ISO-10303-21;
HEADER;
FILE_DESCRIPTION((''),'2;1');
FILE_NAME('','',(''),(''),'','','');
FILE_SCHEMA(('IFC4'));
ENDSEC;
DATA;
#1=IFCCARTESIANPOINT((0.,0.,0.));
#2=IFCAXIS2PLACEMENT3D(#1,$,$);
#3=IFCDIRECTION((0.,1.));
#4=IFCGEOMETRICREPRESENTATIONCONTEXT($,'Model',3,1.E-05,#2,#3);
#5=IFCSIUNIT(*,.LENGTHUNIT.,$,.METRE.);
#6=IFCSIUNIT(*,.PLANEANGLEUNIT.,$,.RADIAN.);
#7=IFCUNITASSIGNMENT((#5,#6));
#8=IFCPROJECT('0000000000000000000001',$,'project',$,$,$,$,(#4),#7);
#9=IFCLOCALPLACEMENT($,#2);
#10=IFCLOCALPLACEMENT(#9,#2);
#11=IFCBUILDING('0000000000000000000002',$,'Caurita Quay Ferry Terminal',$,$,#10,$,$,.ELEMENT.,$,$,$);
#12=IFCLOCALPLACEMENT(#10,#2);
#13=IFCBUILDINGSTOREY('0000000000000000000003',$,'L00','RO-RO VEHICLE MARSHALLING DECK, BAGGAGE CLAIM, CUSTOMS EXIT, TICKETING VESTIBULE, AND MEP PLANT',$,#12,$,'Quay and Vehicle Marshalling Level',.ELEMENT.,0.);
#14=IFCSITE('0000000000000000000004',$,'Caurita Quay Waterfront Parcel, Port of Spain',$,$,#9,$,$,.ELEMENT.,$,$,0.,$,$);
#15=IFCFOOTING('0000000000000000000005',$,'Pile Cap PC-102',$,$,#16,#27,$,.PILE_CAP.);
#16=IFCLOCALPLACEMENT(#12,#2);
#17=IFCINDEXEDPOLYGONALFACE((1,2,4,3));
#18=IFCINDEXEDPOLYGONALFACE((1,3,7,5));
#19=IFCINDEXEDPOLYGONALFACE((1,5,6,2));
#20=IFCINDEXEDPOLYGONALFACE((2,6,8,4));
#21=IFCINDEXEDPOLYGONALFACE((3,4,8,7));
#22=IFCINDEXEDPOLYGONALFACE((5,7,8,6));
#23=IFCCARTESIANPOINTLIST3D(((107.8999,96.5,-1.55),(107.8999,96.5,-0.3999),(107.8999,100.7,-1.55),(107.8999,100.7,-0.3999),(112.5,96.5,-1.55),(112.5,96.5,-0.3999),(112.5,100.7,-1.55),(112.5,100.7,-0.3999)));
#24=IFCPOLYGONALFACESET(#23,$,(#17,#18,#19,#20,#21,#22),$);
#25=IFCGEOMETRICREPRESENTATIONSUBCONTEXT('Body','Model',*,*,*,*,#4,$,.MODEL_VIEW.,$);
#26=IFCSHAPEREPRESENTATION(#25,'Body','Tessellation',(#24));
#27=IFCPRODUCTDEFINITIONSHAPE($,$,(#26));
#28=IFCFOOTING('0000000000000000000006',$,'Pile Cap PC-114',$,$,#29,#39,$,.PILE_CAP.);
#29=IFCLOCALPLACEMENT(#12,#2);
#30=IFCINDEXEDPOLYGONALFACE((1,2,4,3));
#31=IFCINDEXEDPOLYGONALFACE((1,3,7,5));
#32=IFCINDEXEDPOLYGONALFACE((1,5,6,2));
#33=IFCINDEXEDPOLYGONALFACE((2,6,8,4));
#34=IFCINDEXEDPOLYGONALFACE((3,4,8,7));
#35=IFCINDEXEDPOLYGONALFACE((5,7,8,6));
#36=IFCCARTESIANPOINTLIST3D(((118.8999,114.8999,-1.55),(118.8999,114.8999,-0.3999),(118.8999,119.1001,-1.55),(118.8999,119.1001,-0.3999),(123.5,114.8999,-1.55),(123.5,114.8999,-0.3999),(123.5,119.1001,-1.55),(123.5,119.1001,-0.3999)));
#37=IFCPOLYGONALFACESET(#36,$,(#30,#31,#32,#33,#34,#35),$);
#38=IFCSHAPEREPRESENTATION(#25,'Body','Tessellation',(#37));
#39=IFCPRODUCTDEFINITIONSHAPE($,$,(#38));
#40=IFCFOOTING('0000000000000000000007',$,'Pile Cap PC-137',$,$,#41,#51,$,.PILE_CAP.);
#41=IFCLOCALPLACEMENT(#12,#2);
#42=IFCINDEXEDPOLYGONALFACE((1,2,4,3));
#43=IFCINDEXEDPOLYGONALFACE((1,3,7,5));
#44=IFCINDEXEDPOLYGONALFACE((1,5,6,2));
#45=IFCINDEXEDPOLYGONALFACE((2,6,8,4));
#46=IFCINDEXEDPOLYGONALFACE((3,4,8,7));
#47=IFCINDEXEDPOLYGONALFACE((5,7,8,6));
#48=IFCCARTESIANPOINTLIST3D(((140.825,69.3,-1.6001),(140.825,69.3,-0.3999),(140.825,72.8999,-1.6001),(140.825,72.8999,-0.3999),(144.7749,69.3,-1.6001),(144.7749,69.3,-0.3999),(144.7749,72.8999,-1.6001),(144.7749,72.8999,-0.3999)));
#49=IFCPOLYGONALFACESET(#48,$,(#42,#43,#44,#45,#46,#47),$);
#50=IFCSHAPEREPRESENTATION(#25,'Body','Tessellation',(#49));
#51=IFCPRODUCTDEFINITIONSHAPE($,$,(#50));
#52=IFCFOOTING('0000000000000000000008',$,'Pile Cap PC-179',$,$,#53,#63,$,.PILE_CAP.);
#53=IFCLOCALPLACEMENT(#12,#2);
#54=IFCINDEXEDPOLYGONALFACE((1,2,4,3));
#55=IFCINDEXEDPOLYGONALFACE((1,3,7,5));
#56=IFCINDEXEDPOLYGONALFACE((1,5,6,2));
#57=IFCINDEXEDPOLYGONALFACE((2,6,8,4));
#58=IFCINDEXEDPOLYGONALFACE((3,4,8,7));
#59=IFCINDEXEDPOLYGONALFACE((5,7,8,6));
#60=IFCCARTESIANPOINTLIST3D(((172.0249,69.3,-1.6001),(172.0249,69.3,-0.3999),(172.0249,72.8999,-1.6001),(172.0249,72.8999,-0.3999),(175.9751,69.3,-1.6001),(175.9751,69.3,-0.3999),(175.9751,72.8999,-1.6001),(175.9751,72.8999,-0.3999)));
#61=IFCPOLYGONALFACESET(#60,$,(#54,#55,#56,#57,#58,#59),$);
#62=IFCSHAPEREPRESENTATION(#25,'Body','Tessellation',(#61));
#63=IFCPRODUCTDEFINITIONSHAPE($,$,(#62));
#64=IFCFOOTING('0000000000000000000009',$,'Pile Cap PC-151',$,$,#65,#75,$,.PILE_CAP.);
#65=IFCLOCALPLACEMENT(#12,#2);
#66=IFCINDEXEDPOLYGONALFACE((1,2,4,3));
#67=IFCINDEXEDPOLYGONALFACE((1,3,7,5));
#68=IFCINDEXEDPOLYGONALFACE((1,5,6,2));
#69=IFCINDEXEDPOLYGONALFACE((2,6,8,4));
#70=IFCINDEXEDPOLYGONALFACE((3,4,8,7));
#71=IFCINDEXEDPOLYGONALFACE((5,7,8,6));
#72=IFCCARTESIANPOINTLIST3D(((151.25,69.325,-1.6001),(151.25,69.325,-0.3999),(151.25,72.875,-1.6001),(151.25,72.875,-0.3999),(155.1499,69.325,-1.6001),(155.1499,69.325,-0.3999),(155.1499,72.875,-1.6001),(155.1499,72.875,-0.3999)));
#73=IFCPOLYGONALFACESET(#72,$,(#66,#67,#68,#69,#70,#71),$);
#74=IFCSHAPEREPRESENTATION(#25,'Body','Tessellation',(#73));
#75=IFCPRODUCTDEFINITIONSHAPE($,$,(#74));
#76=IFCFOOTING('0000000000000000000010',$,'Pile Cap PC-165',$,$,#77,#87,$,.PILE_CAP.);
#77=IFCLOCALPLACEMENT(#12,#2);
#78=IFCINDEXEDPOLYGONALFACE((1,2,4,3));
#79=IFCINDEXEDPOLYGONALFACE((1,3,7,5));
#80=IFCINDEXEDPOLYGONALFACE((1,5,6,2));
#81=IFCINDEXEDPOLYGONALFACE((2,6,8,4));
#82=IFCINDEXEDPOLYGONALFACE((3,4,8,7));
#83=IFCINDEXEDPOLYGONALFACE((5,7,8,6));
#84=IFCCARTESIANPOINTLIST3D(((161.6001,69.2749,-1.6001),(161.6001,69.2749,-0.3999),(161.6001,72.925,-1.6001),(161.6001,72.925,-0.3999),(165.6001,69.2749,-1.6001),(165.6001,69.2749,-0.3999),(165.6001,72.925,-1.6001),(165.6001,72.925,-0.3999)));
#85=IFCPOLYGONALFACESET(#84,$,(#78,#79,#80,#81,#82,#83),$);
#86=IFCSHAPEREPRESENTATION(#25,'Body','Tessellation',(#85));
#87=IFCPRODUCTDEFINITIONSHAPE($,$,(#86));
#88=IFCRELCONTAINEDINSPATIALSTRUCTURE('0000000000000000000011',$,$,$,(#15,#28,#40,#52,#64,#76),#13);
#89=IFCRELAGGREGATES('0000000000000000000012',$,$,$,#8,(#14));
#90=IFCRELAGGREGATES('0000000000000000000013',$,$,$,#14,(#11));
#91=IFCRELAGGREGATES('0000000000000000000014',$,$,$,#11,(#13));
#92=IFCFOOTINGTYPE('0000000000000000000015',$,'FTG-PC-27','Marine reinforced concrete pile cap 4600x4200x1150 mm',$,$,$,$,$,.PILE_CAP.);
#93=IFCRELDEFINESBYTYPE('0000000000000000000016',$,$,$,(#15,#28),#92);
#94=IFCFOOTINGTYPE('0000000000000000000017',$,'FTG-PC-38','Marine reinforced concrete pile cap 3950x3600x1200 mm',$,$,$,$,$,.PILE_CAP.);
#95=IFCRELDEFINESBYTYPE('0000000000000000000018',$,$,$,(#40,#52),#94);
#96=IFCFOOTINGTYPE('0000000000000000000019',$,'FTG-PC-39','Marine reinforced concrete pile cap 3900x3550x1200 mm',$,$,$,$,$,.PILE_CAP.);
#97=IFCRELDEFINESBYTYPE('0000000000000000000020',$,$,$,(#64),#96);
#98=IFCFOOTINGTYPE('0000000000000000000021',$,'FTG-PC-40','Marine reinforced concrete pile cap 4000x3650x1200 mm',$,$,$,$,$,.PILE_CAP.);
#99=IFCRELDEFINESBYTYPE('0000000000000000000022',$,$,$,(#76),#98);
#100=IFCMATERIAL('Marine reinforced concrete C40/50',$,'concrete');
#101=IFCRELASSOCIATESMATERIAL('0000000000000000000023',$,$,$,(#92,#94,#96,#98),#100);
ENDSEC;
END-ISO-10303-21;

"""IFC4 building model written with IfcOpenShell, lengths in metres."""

from ifc_helpers import new_model, si_unit, direction, frame, origin, place, context, subcontext, project, spatial, polyline, outline, extrude, material, type_object, element, save


model = new_model("IFC4")

# Units and contexts
model_context = context("Model", 3, precision=1e-05, world=origin(), true_north=direction((0.0, 1.0)))
body_context = subcontext(model_context, "Body", "Model", "MODEL_VIEW")
ifc_project = project(units=[si_unit("LENGTHUNIT", "METRE"), si_unit("PLANEANGLEUNIT", "RADIAN")], contexts=[model_context])

# Site, building, storey
site_placement = place(None, origin())
site = spatial("IfcSite", under=ifc_project, at=site_placement, Name="Caurita Quay Waterfront Parcel, Port of Spain", CompositionType="ELEMENT", RefElevation=0.0)
building_placement = place(site_placement, origin())
building = spatial("IfcBuilding", under=site, at=building_placement, Name="Caurita Quay Ferry Terminal", CompositionType="ELEMENT")
storey_placement = place(building_placement, origin())
storey = spatial("IfcBuildingStorey", under=building, at=storey_placement, Name="L00", Description="RO-RO VEHICLE MARSHALLING DECK, BAGGAGE CLAIM, CUSTOMS EXIT, TICKETING VESTIBULE, AND MEP PLANT", LongName="Quay and Vehicle Marshalling Level", CompositionType="ELEMENT", Elevation=0.0)

# Footings
ifc_material = material(Name="Marine reinforced concrete C40/50", Category="concrete")
footing_type_1 = type_object("IfcFootingType", Name="FTG-PC-27", Description="Marine reinforced concrete pile cap 4600x4200x1150 mm", PredefinedType="PILE_CAP", material=ifc_material)
footing_1_placement = place(storey_placement, frame((0.0, 0.0, -1.55)))
element("IfcFooting", 1, at=footing_1_placement, inside=storey, type_object=footing_type_1, Name="Pile Cap PC-102", PredefinedType="PILE_CAP", context=body_context, shape_type="SweptSolid", body=[
    extrude(outline(polyline([(107.8999, 96.5), (112.5, 96.5), (112.5, 100.7), (107.8999, 100.7), (107.8999, 96.5)])), origin(), (0.0, 0.0, 1.0), 1.1501),
])
footing_2_placement = place(storey_placement, frame((0.0, 0.0, -1.55)))
element("IfcFooting", 2, at=footing_2_placement, inside=storey, type_object=footing_type_1, Name="Pile Cap PC-114", PredefinedType="PILE_CAP", context=body_context, shape_type="SweptSolid", body=[
    extrude(outline(polyline([(118.8999, 114.8999), (123.5, 114.8999), (123.5, 119.1001), (118.8999, 119.1001), (118.8999, 114.8999)])), origin(), (0.0, 0.0, 1.0), 1.1501),
])
footing_type_2 = type_object("IfcFootingType", Name="FTG-PC-38", Description="Marine reinforced concrete pile cap 3950x3600x1200 mm", PredefinedType="PILE_CAP", material=ifc_material)
footing_3_placement = place(storey_placement, frame((0.0, 0.0, -1.6001)))
element("IfcFooting", 3, at=footing_3_placement, inside=storey, type_object=footing_type_2, Name="Pile Cap PC-137", PredefinedType="PILE_CAP", context=body_context, shape_type="SweptSolid", body=[
    extrude(outline(polyline([(140.825, 69.3), (144.7749, 69.3), (144.7749, 72.8999), (140.825, 72.8999), (140.825, 69.3)])), origin(), (0.0, 0.0, 1.0), 1.2002),
])
footing_4_placement = place(storey_placement, frame((0.0, 0.0, -1.6001)))
element("IfcFooting", 4, at=footing_4_placement, inside=storey, type_object=footing_type_2, Name="Pile Cap PC-179", PredefinedType="PILE_CAP", context=body_context, shape_type="SweptSolid", body=[
    extrude(outline(polyline([(172.0249, 69.3), (175.9751, 69.3), (175.9751, 72.8999), (172.0249, 72.8999), (172.0249, 69.3)])), origin(), (0.0, 0.0, 1.0), 1.2002),
])
footing_type_3 = type_object("IfcFootingType", Name="FTG-PC-39", Description="Marine reinforced concrete pile cap 3900x3550x1200 mm", PredefinedType="PILE_CAP", material=ifc_material)
footing_5_placement = place(storey_placement, frame((0.0, 0.0, -1.6001)))
element("IfcFooting", 5, at=footing_5_placement, inside=storey, type_object=footing_type_3, Name="Pile Cap PC-151", PredefinedType="PILE_CAP", context=body_context, shape_type="SweptSolid", body=[
    extrude(outline(polyline([(151.25, 69.325), (155.1499, 69.325), (155.1499, 72.875), (151.25, 72.875), (151.25, 69.325)])), origin(), (0.0, 0.0, 1.0), 1.2002),
])
footing_type_4 = type_object("IfcFootingType", Name="FTG-PC-40", Description="Marine reinforced concrete pile cap 4000x3650x1200 mm", PredefinedType="PILE_CAP", material=ifc_material)
footing_6_placement = place(storey_placement, frame((0.0, 0.0, -1.6001)))
element("IfcFooting", 6, at=footing_6_placement, inside=storey, type_object=footing_type_4, Name="Pile Cap PC-165", PredefinedType="PILE_CAP", context=body_context, shape_type="SweptSolid", body=[
    extrude(outline(polyline([(161.6001, 69.2749), (165.6001, 69.2749), (165.6001, 72.925), (161.6001, 72.925), (161.6001, 69.2749)])), origin(), (0.0, 0.0, 1.0), 1.2002),
])

save(model, "model.ifc")
